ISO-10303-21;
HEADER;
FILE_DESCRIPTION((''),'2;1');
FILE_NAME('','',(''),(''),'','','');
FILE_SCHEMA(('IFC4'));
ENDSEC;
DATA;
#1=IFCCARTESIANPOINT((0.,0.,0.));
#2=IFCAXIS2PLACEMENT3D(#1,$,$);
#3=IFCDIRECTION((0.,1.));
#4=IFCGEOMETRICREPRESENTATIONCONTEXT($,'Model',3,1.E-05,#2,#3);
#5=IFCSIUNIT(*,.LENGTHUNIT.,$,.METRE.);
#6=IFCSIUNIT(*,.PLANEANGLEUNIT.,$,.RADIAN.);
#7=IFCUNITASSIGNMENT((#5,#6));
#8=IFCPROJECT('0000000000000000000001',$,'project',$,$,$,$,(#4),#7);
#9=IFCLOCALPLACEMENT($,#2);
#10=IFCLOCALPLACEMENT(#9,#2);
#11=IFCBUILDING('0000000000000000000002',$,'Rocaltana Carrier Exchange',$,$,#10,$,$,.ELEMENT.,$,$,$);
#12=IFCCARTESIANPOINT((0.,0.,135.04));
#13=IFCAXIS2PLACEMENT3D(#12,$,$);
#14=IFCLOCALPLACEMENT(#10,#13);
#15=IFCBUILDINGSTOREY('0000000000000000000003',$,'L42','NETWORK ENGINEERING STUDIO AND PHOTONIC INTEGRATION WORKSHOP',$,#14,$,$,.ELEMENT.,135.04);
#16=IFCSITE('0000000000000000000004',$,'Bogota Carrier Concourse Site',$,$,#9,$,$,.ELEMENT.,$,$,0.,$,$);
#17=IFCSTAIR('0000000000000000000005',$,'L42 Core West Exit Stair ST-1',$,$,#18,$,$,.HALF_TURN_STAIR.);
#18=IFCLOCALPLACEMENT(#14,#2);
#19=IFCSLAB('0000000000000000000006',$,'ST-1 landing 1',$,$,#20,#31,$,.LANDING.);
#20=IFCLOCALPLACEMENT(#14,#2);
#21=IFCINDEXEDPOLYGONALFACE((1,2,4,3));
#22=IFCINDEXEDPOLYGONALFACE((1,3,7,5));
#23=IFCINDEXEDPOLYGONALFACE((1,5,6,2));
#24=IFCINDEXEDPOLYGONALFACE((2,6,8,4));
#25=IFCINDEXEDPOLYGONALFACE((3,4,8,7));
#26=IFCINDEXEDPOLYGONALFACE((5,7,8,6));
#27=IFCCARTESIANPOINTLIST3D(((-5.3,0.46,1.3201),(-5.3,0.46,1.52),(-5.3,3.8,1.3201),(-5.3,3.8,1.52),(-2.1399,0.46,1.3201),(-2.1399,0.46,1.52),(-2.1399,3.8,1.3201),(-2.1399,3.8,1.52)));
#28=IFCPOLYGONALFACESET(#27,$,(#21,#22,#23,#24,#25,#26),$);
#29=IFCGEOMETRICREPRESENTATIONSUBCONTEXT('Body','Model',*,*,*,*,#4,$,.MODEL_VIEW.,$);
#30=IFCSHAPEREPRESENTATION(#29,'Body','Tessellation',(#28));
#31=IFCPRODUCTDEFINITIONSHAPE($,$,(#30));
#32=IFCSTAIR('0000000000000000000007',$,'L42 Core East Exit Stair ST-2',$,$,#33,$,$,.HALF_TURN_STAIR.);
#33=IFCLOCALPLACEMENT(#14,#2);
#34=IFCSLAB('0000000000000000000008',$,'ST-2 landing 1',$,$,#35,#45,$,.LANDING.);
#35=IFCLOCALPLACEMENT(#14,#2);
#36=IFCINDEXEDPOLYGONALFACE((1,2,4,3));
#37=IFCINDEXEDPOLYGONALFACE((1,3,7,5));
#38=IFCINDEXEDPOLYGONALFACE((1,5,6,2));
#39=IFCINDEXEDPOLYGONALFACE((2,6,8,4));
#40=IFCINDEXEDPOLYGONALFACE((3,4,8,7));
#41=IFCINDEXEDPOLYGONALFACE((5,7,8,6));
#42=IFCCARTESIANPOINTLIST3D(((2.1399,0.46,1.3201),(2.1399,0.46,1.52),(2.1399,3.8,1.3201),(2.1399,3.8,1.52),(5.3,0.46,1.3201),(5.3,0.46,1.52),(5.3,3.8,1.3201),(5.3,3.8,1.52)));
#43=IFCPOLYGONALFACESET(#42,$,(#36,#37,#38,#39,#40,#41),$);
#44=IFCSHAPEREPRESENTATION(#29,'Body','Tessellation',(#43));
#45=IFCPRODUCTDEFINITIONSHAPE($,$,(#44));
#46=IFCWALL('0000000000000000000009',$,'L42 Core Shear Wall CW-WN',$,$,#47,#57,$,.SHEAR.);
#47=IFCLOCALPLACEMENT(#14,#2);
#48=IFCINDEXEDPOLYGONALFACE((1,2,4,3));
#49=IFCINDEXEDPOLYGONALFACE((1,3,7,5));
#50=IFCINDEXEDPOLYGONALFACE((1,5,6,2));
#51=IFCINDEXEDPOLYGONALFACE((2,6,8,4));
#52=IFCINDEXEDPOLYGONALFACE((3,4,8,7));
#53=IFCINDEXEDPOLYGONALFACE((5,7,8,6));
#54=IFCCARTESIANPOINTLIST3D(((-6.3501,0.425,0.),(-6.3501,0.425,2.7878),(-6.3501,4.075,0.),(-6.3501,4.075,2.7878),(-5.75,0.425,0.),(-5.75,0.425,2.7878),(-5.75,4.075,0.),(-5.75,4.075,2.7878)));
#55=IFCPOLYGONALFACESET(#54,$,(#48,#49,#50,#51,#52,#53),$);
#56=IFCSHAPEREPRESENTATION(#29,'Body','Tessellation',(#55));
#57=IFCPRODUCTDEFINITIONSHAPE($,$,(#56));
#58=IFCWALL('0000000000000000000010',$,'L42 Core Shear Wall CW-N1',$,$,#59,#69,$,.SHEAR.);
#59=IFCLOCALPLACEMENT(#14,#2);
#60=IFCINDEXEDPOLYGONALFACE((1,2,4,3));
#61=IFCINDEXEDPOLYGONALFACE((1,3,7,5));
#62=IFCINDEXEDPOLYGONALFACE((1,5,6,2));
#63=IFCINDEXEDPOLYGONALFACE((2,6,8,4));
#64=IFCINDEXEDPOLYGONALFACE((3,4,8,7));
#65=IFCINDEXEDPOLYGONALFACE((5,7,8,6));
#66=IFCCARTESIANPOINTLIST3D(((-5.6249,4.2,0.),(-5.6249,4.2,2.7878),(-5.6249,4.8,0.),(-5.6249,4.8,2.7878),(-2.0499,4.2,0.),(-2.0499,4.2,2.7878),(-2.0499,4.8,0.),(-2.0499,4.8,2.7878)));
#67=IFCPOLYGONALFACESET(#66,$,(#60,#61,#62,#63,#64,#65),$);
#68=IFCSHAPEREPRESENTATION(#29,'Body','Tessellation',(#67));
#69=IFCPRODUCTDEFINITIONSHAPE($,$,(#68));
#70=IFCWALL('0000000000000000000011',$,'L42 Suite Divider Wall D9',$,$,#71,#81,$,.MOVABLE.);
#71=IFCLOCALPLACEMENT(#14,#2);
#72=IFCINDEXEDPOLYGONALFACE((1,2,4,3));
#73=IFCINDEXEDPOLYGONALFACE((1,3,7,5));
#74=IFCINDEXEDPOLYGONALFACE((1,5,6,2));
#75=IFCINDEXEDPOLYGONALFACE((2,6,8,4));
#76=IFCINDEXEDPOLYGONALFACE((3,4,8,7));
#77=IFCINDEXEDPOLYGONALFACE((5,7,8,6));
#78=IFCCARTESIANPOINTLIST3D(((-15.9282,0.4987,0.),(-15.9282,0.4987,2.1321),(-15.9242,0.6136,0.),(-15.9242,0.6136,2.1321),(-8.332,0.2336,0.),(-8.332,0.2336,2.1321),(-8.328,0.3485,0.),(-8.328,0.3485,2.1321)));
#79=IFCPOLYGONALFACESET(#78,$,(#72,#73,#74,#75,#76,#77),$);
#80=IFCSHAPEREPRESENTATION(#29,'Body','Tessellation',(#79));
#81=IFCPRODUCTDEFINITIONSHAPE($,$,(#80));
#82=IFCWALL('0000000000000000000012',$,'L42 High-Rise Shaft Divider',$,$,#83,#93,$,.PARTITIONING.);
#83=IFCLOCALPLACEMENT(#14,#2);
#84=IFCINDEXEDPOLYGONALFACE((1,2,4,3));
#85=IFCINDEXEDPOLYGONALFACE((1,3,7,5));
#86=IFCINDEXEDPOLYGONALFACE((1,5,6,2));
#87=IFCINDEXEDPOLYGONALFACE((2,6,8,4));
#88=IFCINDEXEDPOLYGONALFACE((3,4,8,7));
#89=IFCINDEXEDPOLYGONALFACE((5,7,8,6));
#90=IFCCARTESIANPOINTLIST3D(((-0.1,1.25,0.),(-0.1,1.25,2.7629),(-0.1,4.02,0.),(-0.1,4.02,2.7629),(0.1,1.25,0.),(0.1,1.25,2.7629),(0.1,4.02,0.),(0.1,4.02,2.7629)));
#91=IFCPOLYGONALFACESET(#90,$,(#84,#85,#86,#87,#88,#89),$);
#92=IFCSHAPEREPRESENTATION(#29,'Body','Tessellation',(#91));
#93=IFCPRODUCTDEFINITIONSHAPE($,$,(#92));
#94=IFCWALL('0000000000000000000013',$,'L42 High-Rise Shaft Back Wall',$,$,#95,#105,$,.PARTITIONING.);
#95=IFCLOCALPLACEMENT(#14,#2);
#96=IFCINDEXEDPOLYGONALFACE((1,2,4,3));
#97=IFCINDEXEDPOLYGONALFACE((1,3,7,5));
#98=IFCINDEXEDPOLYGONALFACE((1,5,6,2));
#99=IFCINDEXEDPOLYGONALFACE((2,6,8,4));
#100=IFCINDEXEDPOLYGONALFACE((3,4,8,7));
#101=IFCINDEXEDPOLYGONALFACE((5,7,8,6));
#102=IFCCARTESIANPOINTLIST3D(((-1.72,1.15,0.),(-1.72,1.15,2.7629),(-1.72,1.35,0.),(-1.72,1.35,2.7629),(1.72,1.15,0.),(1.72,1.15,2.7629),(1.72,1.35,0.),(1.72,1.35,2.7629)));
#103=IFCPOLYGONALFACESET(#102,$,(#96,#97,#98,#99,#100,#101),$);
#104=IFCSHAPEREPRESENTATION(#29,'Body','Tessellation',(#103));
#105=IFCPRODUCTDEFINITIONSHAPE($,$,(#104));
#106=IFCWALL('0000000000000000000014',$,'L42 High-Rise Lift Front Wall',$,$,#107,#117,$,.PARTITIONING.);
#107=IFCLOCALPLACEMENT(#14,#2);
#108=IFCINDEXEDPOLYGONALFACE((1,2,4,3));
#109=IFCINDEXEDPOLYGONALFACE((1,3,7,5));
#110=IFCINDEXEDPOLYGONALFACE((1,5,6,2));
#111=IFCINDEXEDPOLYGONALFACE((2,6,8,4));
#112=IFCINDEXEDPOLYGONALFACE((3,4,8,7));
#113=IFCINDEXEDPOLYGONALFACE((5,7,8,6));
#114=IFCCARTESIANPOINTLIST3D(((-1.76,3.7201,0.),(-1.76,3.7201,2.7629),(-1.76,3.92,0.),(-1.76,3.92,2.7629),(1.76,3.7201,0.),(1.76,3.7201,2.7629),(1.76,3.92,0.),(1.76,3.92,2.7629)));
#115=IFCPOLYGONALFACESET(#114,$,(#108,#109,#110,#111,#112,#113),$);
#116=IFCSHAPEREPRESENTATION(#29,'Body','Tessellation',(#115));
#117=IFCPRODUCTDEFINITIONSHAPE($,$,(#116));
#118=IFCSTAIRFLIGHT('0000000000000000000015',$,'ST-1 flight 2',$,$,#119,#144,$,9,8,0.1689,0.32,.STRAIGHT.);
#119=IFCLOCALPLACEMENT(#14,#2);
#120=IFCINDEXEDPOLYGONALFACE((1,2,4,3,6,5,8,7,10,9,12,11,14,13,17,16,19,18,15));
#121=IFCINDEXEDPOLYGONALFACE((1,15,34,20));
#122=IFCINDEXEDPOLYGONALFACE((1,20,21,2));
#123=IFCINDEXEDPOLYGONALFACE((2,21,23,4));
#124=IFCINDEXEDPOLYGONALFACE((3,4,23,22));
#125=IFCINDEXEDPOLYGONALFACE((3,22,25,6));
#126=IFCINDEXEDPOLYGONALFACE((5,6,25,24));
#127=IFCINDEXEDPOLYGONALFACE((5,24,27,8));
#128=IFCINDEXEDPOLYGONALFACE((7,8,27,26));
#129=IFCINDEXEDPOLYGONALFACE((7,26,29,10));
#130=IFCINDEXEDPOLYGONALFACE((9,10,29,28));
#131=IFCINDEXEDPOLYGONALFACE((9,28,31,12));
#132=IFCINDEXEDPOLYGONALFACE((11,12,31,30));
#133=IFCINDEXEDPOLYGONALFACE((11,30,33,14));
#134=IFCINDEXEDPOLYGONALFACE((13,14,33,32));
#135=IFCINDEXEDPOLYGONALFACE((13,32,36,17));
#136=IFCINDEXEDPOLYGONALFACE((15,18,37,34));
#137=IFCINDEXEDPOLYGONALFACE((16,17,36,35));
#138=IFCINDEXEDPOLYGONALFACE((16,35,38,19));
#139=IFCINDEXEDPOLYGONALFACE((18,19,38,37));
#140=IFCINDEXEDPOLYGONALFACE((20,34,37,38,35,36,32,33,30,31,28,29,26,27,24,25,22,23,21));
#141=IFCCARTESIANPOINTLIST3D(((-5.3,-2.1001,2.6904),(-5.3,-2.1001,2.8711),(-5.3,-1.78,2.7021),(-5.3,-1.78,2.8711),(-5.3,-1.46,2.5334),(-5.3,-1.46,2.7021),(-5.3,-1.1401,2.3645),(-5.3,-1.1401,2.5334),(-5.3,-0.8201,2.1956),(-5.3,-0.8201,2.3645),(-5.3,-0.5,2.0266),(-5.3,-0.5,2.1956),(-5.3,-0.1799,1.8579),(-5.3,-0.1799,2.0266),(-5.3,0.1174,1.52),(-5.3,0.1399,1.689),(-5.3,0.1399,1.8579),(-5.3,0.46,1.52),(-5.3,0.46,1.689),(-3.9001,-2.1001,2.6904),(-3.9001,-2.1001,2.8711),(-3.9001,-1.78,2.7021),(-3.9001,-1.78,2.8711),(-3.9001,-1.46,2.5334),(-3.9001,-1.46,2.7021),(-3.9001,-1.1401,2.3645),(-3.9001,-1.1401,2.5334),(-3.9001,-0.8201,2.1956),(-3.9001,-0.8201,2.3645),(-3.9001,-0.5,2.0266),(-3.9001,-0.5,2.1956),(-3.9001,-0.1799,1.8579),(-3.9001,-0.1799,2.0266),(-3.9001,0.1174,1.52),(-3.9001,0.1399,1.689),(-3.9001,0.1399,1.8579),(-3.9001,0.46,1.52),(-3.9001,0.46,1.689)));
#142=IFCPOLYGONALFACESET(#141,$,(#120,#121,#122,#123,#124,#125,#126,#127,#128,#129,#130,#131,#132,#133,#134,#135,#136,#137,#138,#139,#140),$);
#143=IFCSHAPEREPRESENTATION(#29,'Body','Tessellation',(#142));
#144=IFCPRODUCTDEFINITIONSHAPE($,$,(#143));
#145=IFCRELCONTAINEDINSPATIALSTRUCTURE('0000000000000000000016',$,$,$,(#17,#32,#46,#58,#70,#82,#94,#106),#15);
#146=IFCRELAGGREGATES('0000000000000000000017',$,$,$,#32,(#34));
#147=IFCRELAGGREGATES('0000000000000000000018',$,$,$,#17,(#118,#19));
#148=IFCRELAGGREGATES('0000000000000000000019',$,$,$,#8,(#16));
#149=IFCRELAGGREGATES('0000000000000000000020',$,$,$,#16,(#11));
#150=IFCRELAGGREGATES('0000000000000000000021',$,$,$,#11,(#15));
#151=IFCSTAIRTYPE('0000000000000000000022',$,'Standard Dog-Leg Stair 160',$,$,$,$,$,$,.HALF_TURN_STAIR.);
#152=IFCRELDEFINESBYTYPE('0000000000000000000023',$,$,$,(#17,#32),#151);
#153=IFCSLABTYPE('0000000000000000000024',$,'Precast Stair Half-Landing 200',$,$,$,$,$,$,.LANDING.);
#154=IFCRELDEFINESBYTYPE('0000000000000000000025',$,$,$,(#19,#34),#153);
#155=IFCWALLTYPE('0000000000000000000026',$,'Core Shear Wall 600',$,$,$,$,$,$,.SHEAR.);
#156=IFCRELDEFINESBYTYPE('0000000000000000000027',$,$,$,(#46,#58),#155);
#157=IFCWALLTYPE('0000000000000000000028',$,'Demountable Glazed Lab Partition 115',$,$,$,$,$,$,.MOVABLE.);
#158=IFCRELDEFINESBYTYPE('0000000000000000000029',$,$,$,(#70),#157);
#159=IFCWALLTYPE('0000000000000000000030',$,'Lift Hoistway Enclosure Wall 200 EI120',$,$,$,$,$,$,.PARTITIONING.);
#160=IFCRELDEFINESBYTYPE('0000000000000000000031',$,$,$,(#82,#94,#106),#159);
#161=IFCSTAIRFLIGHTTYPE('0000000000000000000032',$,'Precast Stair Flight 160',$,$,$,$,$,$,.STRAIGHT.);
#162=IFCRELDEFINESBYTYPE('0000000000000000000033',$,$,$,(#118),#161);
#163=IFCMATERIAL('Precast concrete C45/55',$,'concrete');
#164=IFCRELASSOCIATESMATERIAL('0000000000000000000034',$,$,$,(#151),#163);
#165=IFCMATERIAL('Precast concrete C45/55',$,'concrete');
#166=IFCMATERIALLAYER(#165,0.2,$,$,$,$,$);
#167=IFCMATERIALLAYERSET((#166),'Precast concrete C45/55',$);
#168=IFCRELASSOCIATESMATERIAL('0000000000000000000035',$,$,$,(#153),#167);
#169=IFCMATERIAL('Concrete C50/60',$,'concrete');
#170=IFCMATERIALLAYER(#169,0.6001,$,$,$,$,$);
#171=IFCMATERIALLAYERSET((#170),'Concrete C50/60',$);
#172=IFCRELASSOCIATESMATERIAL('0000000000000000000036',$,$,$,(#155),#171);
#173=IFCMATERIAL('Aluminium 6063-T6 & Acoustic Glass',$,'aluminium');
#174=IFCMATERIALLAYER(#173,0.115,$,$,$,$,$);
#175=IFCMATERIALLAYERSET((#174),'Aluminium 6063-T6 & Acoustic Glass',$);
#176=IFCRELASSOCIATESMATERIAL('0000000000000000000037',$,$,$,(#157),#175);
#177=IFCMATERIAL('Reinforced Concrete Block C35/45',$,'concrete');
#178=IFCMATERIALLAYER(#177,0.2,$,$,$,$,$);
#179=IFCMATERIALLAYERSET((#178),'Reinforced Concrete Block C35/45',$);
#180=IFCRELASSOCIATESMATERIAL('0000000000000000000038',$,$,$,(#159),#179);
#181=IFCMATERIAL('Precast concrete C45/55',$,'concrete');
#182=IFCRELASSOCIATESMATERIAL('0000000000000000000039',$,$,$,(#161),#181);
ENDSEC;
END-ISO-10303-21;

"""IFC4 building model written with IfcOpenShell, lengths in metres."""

from ifc_helpers import new_model, si_unit, direction, frame, frame_2d, origin, place, context, subcontext, project, spatial, polyline, rectangle, outline, extrude, material, layer, layer_set, type_object, element, aggregate, save


model = new_model("IFC4")

# Units and contexts
model_context = context("Model", 3, precision=1e-05, world=origin(), true_north=direction((0.0, 1.0)))
body_context = subcontext(model_context, "Body", "Model", "MODEL_VIEW")
ifc_project = project(units=[si_unit("LENGTHUNIT", "METRE"), si_unit("PLANEANGLEUNIT", "RADIAN")], contexts=[model_context])

# Site, building, storey
site_placement = place(None, origin())
site = spatial("IfcSite", under=ifc_project, at=site_placement, Name="Bogota Carrier Concourse Site", CompositionType="ELEMENT", RefElevation=0.0)
building_placement = place(site_placement, origin())
building = spatial("IfcBuilding", under=site, at=building_placement, Name="Rocaltana Carrier Exchange", CompositionType="ELEMENT")
storey_placement = place(building_placement, frame((0.0, 0.0, 135.04)))
storey = spatial("IfcBuildingStorey", under=building, at=storey_placement, Name="L42", Description="NETWORK ENGINEERING STUDIO AND PHOTONIC INTEGRATION WORKSHOP", CompositionType="ELEMENT", Elevation=135.04)

# Stairs, slabs
ifc_material_1 = material(Name="Precast concrete C45/55", Category="concrete")
stair_type = type_object("IfcStairType", Name="Standard Dog-Leg Stair 160", PredefinedType="HALF_TURN_STAIR", material=ifc_material_1)
stair_1_placement = place(storey_placement, origin())
stair_1 = element("IfcStair", 1, at=stair_1_placement, inside=storey, type_object=stair_type, Name="L42 Core West Exit Stair ST-1", PredefinedType="HALF_TURN_STAIR")
ifc_material_2 = material(Name="Precast concrete C45/55", Category="concrete")
ifc_layer_1 = layer(ifc_material_2, 0.2)
ifc_layer_set_1 = layer_set([ifc_layer_1], Name="Precast concrete C45/55")
slab_type_1 = type_object("IfcSlabType", Name="Precast Stair Half-Landing 200", PredefinedType="LANDING", material=ifc_layer_set_1)
slab_1_placement = place(storey_placement, frame((0.0, 0.0, 1.3201)))
slab_1 = element("IfcSlab", 2, at=slab_1_placement, type_object=slab_type_1, Name="ST-1 landing 1", PredefinedType="LANDING", context=body_context, shape_type="SweptSolid", body=[
    extrude(outline(polyline([(-2.1399, 0.46), (-2.1399, 3.8), (-5.3, 3.8), (-5.3, 0.46), (-2.1399, 0.46)])), origin(), (0.0, 0.0, 1.0), 0.2),
])
stair_2_placement = place(storey_placement, origin())
stair_2 = element("IfcStair", 3, at=stair_2_placement, inside=storey, type_object=stair_type, Name="L42 Core East Exit Stair ST-2", PredefinedType="HALF_TURN_STAIR")
slab_2_placement = place(storey_placement, frame((0.0, 0.0, 1.3201)))
slab_2 = element("IfcSlab", 4, at=slab_2_placement, type_object=slab_type_1, Name="ST-2 landing 1", PredefinedType="LANDING", context=body_context, shape_type="SweptSolid", body=[
    extrude(outline(polyline([(5.3, 0.46), (5.3, 3.8), (2.1399, 3.8), (2.1399, 0.46), (5.3, 0.46)])), origin(), (0.0, 0.0, 1.0), 0.2),
])
aggregate(stair_2, [slab_2])

# Walls
ifc_material_3 = material(Name="Concrete C50/60", Category="concrete")
ifc_layer_2 = layer(ifc_material_3, 0.6001)
ifc_layer_set_2 = layer_set([ifc_layer_2], Name="Concrete C50/60")
wall_type_1 = type_object("IfcWallType", Name="Core Shear Wall 600", PredefinedType="SHEAR", material=ifc_layer_set_2)
wall_1_placement = place(storey_placement, frame((-6.05, 0.425, 0.0), z_axis=(0.0, 0.0, 1.0), x_axis=(0.0, 1.0, 0.0)))
element("IfcWall", 5, at=wall_1_placement, inside=storey, type_object=wall_type_1, Name="L42 Core Shear Wall CW-WN", PredefinedType="SHEAR", context=body_context, shape_type="SweptSolid", body=[
    extrude(rectangle(XDim=3.6499, YDim=0.6001, at=frame_2d((1.825, 0.0))), origin(), (0.0, 0.0, 1.0), 2.7878),
])
wall_2_placement = place(storey_placement, frame((-5.625, 4.5, 0.0), z_axis=(0.0, 0.0, 1.0), x_axis=(1.0, 0.0, 0.0)))
element("IfcWall", 6, at=wall_2_placement, inside=storey, type_object=wall_type_1, Name="L42 Core Shear Wall CW-N1", PredefinedType="SHEAR", context=body_context, shape_type="SweptSolid", body=[
    extrude(rectangle(XDim=3.575, YDim=0.6001, at=frame_2d((1.7876, 0.0))), origin(), (0.0, 0.0, 1.0), 2.7878),
])
ifc_material_4 = material(Name="Aluminium 6063-T6 & Acoustic Glass", Category="aluminium")
ifc_layer_3 = layer(ifc_material_4, 0.115)
ifc_layer_set_3 = layer_set([ifc_layer_3], Name="Aluminium 6063-T6 & Acoustic Glass")
wall_type_2 = type_object("IfcWallType", Name="Demountable Glazed Lab Partition 115", PredefinedType="MOVABLE", material=ifc_layer_set_3)
wall_3_placement = place(storey_placement, frame((-8.3301, 0.291, 0.0), z_axis=(0.0, 0.0, 1.0), x_axis=(-0.999391, 0.034883, 0.0)))
element("IfcWall", 7, at=wall_3_placement, inside=storey, type_object=wall_type_2, Name="L42 Suite Divider Wall D9", PredefinedType="MOVABLE", context=body_context, shape_type="SweptSolid", body=[
    extrude(rectangle(XDim=7.6008, YDim=0.115, at=frame_2d((3.8003, 0.0))), origin(), (0.0, 0.0, 1.0), 2.1321),
])
ifc_material_5 = material(Name="Reinforced Concrete Block C35/45", Category="concrete")
ifc_layer_4 = layer(ifc_material_5, 0.2)
ifc_layer_set_4 = layer_set([ifc_layer_4], Name="Reinforced Concrete Block C35/45")
wall_type_3 = type_object("IfcWallType", Name="Lift Hoistway Enclosure Wall 200 EI120", PredefinedType="PARTITIONING", material=ifc_layer_set_4)
wall_4_placement = place(storey_placement, frame((0.0, 1.25, 0.0), z_axis=(0.0, 0.0, 1.0), x_axis=(0.0, 1.0, 0.0)))
element("IfcWall", 8, at=wall_4_placement, inside=storey, type_object=wall_type_3, Name="L42 High-Rise Shaft Divider", PredefinedType="PARTITIONING", context=body_context, shape_type="SweptSolid", body=[
    extrude(rectangle(XDim=2.77, YDim=0.2, at=frame_2d((1.385, 0.0))), origin(), (0.0, 0.0, 1.0), 2.7629),
])
wall_5_placement = place(storey_placement, frame((-1.72, 1.25, 0.0), z_axis=(0.0, 0.0, 1.0), x_axis=(1.0, 0.0, 0.0)))
element("IfcWall", 9, at=wall_5_placement, inside=storey, type_object=wall_type_3, Name="L42 High-Rise Shaft Back Wall", PredefinedType="PARTITIONING", context=body_context, shape_type="SweptSolid", body=[
    extrude(rectangle(XDim=3.4399, YDim=0.2, at=frame_2d((1.72, 0.0))), origin(), (0.0, 0.0, 1.0), 2.7629),
])
wall_6_placement = place(storey_placement, frame((-1.76, 3.8201, 0.0), z_axis=(0.0, 0.0, 1.0), x_axis=(1.0, 0.0, 0.0)))
element("IfcWall", 10, at=wall_6_placement, inside=storey, type_object=wall_type_3, Name="L42 High-Rise Lift Front Wall", PredefinedType="PARTITIONING", context=body_context, shape_type="SweptSolid", body=[
    extrude(rectangle(XDim=3.52, YDim=0.2, at=frame_2d((1.76, 0.0))), origin(), (0.0, 0.0, 1.0), 2.7629),
])

# Stair flight
ifc_material_6 = material(Name="Precast concrete C45/55", Category="concrete")
stair_flight_type = type_object("IfcStairFlightType", Name="Precast Stair Flight 160", PredefinedType="STRAIGHT", material=ifc_material_6)
stair_flight_placement = place(storey_placement, frame((-4.6001, 0.46, 1.52), z_axis=(0.0, 0.0, 1.0), x_axis=(0.0, -1.0, 0.0)))
stair_flight = element("IfcStairFlight", 11, at=stair_flight_placement, type_object=stair_flight_type, Name="ST-1 flight 2", NumberOfRisers=9, NumberOfTreads=8, PredefinedType="STRAIGHT", RiserHeight=0.1689, TreadLength=0.32, context=body_context, shape_type="SweptSolid", body=[
    extrude(outline(polyline([(0.0, 0.0), (0.0, 0.1689), (0.3201, 0.1689), (0.3201, 0.3379), (0.6399, 0.3379), (0.6399, 0.5066), (0.96, 0.5066), (0.96, 0.6755), (1.28, 0.6755), (1.28, 0.8445), (1.6001, 0.8445), (1.6001, 1.0134), (1.9199, 1.0134), (1.9199, 1.1821), (2.24, 1.1821), (2.24, 1.3511), (2.5601, 1.3511), (2.5601, 1.52), (2.5601, 1.1704), (0.3425, 0.0), (0.0, 0.0)])), frame((0.0, 0.7, 0.0), z_axis=(0.0, -1.0, 0.0), x_axis=(1.0, 0.0, 0.0)), (0.0, 0.0, 1.0), 1.3999),
])
aggregate(stair_1, [stair_flight, slab_1])

save(model, "model.ifc")
